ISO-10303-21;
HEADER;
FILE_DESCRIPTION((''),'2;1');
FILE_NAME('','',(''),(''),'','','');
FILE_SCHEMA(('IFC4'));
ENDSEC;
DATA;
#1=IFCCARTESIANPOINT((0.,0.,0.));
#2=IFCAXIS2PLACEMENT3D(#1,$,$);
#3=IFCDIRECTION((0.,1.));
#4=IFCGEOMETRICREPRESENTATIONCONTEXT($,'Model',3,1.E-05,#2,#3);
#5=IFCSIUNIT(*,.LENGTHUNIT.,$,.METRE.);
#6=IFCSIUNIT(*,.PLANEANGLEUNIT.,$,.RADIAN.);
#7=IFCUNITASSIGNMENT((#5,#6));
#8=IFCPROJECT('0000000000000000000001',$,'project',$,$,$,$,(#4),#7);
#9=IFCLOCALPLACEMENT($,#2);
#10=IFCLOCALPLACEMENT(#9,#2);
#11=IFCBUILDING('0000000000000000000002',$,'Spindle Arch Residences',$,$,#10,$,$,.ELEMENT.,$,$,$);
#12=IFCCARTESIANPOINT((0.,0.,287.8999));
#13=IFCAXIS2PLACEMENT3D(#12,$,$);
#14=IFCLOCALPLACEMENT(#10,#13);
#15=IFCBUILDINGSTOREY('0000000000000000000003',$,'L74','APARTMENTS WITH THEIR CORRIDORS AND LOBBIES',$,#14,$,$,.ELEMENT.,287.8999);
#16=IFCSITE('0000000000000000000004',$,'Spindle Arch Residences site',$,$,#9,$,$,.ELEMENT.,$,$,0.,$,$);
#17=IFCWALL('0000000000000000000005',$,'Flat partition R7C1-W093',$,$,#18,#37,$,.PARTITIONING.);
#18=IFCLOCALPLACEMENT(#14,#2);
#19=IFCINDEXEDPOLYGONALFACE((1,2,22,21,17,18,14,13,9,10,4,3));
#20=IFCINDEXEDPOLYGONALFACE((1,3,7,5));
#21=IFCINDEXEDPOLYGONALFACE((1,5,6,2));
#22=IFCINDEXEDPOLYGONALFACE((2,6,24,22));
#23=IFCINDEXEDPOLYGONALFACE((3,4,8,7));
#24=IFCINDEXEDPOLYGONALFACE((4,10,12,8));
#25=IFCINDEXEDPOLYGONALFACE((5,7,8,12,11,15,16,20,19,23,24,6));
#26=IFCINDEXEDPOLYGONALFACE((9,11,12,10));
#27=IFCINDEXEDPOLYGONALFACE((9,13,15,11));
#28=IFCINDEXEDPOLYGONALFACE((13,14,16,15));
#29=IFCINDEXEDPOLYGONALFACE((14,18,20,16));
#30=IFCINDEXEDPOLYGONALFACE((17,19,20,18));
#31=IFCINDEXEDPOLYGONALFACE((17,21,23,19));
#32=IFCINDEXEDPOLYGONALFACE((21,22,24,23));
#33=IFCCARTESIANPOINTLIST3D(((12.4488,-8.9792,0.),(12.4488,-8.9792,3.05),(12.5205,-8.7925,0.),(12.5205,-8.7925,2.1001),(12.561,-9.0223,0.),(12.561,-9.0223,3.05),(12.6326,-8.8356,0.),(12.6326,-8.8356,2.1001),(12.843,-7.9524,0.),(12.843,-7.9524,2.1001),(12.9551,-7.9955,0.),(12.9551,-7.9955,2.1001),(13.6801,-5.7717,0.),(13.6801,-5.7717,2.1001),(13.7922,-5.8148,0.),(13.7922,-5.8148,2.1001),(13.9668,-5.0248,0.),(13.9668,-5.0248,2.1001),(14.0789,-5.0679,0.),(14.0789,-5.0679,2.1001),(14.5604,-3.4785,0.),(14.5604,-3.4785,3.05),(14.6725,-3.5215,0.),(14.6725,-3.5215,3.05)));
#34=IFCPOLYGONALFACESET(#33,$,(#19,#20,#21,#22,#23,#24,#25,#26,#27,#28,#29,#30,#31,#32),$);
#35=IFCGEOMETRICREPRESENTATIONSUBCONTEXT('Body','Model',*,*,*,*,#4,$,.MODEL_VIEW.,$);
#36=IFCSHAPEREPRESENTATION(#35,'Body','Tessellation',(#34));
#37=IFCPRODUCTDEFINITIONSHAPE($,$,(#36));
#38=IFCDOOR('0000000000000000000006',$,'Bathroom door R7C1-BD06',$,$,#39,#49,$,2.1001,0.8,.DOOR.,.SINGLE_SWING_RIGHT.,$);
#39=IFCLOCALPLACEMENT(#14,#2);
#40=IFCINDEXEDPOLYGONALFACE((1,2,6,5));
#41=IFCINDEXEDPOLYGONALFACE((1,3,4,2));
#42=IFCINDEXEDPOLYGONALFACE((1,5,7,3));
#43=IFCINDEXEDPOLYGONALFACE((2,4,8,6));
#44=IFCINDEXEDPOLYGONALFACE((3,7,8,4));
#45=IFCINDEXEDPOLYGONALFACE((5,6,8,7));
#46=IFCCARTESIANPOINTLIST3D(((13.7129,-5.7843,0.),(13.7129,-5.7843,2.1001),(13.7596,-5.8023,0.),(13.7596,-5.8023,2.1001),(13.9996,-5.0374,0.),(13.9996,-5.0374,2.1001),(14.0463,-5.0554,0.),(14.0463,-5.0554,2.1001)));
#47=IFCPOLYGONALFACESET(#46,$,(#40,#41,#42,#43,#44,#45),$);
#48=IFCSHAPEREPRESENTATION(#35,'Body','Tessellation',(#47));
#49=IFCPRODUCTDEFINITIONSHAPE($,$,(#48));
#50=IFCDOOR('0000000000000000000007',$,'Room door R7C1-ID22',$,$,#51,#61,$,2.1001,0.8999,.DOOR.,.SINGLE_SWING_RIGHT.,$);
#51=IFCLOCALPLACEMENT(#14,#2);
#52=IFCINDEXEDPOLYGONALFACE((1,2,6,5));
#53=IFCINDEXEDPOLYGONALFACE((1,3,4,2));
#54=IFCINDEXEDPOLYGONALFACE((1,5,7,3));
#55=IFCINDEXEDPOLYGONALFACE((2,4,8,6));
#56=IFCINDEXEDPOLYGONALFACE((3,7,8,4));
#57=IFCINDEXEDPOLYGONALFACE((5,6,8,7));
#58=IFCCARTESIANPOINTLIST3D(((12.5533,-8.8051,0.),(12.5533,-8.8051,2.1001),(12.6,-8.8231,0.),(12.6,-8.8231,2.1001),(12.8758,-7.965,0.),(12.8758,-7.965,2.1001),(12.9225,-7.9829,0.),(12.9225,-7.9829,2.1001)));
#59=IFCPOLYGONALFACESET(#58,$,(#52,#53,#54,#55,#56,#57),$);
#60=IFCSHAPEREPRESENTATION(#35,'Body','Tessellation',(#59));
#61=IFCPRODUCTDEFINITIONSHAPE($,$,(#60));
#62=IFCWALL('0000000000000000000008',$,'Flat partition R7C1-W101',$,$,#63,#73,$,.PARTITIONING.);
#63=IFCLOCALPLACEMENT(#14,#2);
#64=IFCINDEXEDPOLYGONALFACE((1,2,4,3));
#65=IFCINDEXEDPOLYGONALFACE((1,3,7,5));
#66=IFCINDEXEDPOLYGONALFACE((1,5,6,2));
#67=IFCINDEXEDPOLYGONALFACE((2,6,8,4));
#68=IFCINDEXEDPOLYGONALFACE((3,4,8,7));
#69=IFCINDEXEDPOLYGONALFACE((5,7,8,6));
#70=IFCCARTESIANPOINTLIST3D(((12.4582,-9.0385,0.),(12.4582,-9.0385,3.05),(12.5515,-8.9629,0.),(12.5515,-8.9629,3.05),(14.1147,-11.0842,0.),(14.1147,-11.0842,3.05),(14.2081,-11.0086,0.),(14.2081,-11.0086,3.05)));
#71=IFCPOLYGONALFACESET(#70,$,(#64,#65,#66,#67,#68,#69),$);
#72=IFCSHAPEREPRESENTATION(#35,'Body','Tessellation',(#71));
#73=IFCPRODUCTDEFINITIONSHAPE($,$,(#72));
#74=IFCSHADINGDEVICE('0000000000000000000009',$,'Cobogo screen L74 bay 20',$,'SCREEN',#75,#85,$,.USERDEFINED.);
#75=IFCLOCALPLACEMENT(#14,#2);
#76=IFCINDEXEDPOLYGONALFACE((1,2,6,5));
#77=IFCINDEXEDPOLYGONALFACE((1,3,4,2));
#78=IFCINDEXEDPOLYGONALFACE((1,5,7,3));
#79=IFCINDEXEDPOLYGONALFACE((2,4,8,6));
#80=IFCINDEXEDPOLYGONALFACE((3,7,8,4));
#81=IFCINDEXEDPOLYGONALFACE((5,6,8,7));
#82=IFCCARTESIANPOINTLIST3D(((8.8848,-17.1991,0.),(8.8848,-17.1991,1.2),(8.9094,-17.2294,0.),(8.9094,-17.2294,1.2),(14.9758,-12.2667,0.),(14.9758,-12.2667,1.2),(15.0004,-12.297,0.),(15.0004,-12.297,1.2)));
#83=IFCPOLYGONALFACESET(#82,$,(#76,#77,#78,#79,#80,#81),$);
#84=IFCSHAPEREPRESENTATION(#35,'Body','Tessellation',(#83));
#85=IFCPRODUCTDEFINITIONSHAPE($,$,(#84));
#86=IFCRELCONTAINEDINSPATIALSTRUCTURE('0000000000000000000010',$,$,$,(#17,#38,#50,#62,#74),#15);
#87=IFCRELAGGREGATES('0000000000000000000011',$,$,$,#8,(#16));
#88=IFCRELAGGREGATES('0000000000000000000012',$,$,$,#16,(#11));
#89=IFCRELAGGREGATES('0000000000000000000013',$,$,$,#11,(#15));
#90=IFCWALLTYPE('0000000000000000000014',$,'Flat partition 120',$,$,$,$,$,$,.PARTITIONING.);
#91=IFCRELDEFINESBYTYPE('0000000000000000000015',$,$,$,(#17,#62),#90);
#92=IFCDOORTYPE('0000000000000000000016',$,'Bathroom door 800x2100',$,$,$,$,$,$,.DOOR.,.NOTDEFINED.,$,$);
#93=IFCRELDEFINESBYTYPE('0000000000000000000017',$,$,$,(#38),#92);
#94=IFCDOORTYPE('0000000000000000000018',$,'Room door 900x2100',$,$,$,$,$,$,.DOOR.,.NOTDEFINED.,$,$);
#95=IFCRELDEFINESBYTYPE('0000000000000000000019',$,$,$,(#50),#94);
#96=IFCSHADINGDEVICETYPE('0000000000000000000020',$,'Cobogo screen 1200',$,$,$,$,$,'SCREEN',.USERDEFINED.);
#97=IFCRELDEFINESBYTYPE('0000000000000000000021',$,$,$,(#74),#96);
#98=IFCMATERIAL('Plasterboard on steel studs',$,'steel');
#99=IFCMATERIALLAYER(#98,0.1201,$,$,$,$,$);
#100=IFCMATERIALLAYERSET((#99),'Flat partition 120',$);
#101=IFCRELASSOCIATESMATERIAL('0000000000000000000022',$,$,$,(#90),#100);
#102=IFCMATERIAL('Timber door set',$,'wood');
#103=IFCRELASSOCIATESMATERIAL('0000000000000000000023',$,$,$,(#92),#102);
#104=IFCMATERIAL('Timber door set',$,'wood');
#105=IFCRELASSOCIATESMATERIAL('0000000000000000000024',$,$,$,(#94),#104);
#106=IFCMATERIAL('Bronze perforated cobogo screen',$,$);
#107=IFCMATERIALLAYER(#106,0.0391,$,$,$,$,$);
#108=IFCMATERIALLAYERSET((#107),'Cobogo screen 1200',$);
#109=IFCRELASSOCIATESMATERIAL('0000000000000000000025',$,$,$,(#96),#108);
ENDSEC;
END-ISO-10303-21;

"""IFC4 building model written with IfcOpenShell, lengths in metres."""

from ifc_helpers import new_model, si_unit, direction, frame, frame_2d, origin, origin_2d, place, context, subcontext, project, spatial, rectangle, extrude, material, layer, layer_set, type_object, element, fill, save


model = new_model("IFC4")

# Units and contexts
model_context = context("Model", 3, precision=1e-05, world=origin(), true_north=direction((0.0, 1.0)))
body_context = subcontext(model_context, "Body", "Model", "MODEL_VIEW")
ifc_project = project(units=[si_unit("LENGTHUNIT", "METRE"), si_unit("PLANEANGLEUNIT", "RADIAN")], contexts=[model_context])

# Site, building, storey
site_placement = place(None, origin())
site = spatial("IfcSite", under=ifc_project, at=site_placement, Name="Spindle Arch Residences site", CompositionType="ELEMENT", RefElevation=0.0)
building_placement = place(site_placement, origin())
building = spatial("IfcBuilding", under=site, at=building_placement, Name="Spindle Arch Residences", CompositionType="ELEMENT")
storey_placement = place(building_placement, frame((0.0, 0.0, 287.8999)))
storey = spatial("IfcBuildingStorey", under=building, at=storey_placement, Name="L74", Description="APARTMENTS WITH THEIR CORRIDORS AND LOBBIES", CompositionType="ELEMENT", Elevation=287.8999)

# Wall, openings, doors
ifc_material_1 = material(Name="Plasterboard on steel studs", Category="steel")
ifc_layer_1 = layer(ifc_material_1, 0.1201)
ifc_layer_set_1 = layer_set([ifc_layer_1], Name="Flat partition 120")
wall_type_1 = type_object("IfcWallType", Name="Flat partition 120", PredefinedType="PARTITIONING", material=ifc_layer_set_1)
wall_1_placement = place(storey_placement, frame((12.5049, -9.0007, 0.0), z_axis=(0.0, 0.0, 1.0), x_axis=(0.358374, 0.933578, 0.0)))
wall_1 = element("IfcWall", 1, at=wall_1_placement, inside=storey, type_object=wall_type_1, Name="Flat partition R7C1-W093", PredefinedType="PARTITIONING", context=body_context, shape_type="SweptSolid", body=[
    extrude(rectangle(XDim=5.8921, YDim=0.1201, at=frame_2d((2.946, 0.0))), origin(), (0.0, 0.0, 1.0), 3.05),
])
opening_1_placement = place(wall_1_placement, frame((0.2, 0.0, 0.0)))
opening_1 = element("IfcOpeningElement", 2, at=opening_1_placement, cuts=wall_1, PredefinedType="OPENING", context=body_context, shape_type="SweptSolid", body=[
    extrude(rectangle(XDim=0.8999, YDim=2.1001, at=frame_2d((0.45, 1.05))), frame((0.0, 0.0701, 0.0), z_axis=(0.0, -1.0, 0.0), x_axis=(1.0, 0.0, 0.0)), (0.0, 0.0, 1.0), 0.1401),
])
opening_2_placement = place(wall_1_placement, frame((3.4358, 0.0, 0.0)))
opening_2 = element("IfcOpeningElement", 3, at=opening_2_placement, cuts=wall_1, PredefinedType="OPENING", context=body_context, shape_type="SweptSolid", body=[
    extrude(rectangle(XDim=0.8, YDim=2.1001, at=frame_2d((0.3999, 1.05))), frame((0.0, 0.0701, 0.0), z_axis=(0.0, -1.0, 0.0), x_axis=(1.0, 0.0, 0.0)), (0.0, 0.0, 1.0), 0.1401),
])
ifc_material_2 = material(Name="Timber door set", Category="wood")
door_type_1 = type_object("IfcDoorType", Name="Bathroom door 800x2100", OperationType="NOTDEFINED", PredefinedType="DOOR", material=ifc_material_2)
door_1_placement = place(opening_2_placement, origin())
door_1 = element("IfcDoor", 4, at=door_1_placement, inside=storey, type_object=door_type_1, Name="Bathroom door R7C1-BD06", OperationType="SINGLE_SWING_RIGHT", OverallHeight=2.1001, OverallWidth=0.8, PredefinedType="DOOR", context=body_context, shape_type="SweptSolid", body=[
    extrude(rectangle(XDim=0.8, YDim=2.1001, at=frame_2d((0.3999, 1.05))), frame((0.0, 0.0249, 0.0), z_axis=(0.0, -1.0, 0.0), x_axis=(1.0, 0.0, 0.0)), (0.0, 0.0, 1.0), 0.05),
])
fill(opening_2, door_1)
ifc_material_3 = material(Name="Timber door set", Category="wood")
door_type_2 = type_object("IfcDoorType", Name="Room door 900x2100", OperationType="NOTDEFINED", PredefinedType="DOOR", material=ifc_material_3)
door_2_placement = place(opening_1_placement, origin())
door_2 = element("IfcDoor", 5, at=door_2_placement, inside=storey, type_object=door_type_2, Name="Room door R7C1-ID22", OperationType="SINGLE_SWING_RIGHT", OverallHeight=2.1001, OverallWidth=0.8999, PredefinedType="DOOR", context=body_context, shape_type="SweptSolid", body=[
    extrude(rectangle(XDim=0.8999, YDim=2.1001, at=frame_2d((0.45, 1.05))), frame((0.0, 0.0249, 0.0), z_axis=(0.0, -1.0, 0.0), x_axis=(1.0, 0.0, 0.0)), (0.0, 0.0, 1.0), 0.05),
])
fill(opening_1, door_2)

# Wall
wall_2_placement = place(storey_placement, frame((14.1614, -11.0464, 0.0), z_axis=(0.0, 0.0, 1.0), x_axis=(-0.62931, 0.777154, 0.0)))
element("IfcWall", 6, at=wall_2_placement, inside=storey, type_object=wall_type_1, Name="Flat partition R7C1-W101", PredefinedType="PARTITIONING", context=body_context, shape_type="SweptSolid", body=[
    extrude(rectangle(XDim=2.6323, YDim=0.1201, at=frame_2d((1.3162, 0.0))), origin(), (0.0, 0.0, 1.0), 3.05),
])

# Shading device
ifc_material_4 = material(Name="Bronze perforated cobogo screen")
ifc_layer_2 = layer(ifc_material_4, 0.0391)
ifc_layer_set_2 = layer_set([ifc_layer_2], Name="Cobogo screen 1200")
shading_device_type = type_object("IfcShadingDeviceType", Name="Cobogo screen 1200", ElementType="SCREEN", PredefinedType="USERDEFINED", material=ifc_layer_set_2)
shading_device_placement = place(storey_placement, frame((11.9426, -14.748, 0.0), z_axis=(0.0, 0.0, 1.0), x_axis=(0.777146, 0.62932, 0.0)))
element("IfcShadingDevice", 7, at=shading_device_placement, inside=storey, type_object=shading_device_type, Name="Cobogo screen L74 bay 20", ObjectType="SCREEN", PredefinedType="USERDEFINED", context=body_context, shape_type="SweptSolid", body=[
    extrude(rectangle(XDim=7.8376, YDim=0.0391, at=origin_2d()), origin(), (0.0, 0.0, 1.0), 1.2),
])

save(model, "model.ifc")
